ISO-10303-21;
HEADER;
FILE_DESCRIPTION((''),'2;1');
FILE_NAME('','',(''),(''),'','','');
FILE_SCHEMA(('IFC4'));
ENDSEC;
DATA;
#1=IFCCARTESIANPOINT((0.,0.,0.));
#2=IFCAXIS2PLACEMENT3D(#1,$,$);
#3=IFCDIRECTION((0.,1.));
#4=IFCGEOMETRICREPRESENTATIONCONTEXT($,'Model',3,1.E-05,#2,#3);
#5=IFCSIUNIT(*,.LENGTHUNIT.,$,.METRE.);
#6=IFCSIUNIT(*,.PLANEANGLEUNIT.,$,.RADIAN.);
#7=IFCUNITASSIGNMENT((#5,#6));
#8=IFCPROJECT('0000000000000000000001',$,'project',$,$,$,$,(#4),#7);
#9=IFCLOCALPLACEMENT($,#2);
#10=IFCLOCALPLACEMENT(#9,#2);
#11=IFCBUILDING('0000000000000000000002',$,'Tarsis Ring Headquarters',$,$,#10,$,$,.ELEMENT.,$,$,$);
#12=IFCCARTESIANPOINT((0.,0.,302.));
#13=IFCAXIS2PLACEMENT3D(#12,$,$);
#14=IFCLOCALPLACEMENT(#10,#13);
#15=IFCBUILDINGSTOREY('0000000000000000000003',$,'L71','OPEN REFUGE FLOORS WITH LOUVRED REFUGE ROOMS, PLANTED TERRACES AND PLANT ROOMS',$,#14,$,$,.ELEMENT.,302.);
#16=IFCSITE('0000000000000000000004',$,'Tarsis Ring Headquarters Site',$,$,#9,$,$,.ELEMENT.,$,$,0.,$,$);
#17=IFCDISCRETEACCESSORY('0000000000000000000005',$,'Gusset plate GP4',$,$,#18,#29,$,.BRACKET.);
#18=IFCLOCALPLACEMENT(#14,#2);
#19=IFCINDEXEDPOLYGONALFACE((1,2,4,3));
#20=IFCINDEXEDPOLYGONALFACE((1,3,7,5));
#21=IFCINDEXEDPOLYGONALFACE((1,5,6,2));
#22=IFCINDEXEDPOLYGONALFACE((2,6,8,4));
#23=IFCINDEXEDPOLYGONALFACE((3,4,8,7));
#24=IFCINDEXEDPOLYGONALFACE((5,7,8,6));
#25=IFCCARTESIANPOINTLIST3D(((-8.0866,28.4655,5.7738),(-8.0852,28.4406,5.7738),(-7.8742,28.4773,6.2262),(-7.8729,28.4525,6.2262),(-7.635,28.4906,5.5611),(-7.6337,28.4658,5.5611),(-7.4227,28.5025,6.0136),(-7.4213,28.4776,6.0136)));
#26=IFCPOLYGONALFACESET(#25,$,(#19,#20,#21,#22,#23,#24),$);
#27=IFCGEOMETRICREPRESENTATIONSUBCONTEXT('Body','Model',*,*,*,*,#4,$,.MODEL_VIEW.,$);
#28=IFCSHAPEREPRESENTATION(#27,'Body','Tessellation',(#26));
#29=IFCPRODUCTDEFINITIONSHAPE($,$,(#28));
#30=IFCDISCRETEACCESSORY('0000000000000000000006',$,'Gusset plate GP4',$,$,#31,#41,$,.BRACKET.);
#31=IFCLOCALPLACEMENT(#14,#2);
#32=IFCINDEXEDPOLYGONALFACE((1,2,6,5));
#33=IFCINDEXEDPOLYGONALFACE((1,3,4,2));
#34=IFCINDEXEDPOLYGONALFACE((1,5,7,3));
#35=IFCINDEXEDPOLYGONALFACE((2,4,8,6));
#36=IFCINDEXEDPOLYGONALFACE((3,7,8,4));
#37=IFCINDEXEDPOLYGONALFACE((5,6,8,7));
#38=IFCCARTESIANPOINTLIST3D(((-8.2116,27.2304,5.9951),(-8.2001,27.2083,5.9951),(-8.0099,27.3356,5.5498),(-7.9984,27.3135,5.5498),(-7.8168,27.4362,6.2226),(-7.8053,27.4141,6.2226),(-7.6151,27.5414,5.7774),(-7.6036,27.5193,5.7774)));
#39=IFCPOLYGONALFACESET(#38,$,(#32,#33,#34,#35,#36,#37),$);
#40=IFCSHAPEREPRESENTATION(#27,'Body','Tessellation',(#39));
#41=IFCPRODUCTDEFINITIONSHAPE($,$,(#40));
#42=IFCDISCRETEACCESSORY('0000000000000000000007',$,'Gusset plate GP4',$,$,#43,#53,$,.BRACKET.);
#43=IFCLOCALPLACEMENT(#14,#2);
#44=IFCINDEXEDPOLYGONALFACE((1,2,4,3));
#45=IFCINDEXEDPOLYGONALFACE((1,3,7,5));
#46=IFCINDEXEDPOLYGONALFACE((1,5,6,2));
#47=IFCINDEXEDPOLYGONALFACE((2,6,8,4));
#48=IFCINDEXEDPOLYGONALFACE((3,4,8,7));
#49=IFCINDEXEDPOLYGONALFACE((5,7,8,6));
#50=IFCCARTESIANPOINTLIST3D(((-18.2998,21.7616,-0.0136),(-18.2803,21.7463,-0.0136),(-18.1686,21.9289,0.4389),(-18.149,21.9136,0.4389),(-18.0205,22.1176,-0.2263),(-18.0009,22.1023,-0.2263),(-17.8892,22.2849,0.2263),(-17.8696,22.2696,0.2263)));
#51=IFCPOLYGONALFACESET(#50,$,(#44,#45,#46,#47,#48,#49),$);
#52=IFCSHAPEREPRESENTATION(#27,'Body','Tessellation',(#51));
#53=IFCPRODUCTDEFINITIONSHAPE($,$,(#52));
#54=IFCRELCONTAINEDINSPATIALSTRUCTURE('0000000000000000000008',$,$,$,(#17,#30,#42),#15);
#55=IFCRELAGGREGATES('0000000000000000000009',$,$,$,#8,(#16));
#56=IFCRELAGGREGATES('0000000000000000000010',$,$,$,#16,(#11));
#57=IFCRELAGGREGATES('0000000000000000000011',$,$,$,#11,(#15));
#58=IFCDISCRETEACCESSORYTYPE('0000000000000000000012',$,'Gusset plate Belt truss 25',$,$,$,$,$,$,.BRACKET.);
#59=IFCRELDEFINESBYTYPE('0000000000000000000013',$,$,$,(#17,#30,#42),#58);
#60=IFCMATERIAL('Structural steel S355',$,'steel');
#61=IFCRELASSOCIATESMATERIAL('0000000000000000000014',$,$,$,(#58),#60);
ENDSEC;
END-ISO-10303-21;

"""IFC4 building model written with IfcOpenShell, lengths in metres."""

from ifc_helpers import new_model, si_unit, direction, frame, origin, origin_2d, place, context, subcontext, project, spatial, rectangle, extrude, material, material_profile, profile_set, type_object, element, save


model = new_model("IFC4")

# Units and contexts
model_context = context("Model", 3, precision=1e-05, world=origin(), true_north=direction((0.0, 1.0)))
body_context = subcontext(model_context, "Body", "Model", "MODEL_VIEW")
ifc_project = project(units=[si_unit("LENGTHUNIT", "METRE"), si_unit("PLANEANGLEUNIT", "RADIAN")], contexts=[model_context])

# Site, building, storey
site_placement = place(None, origin())
site = spatial("IfcSite", under=ifc_project, at=site_placement, Name="Tarsis Ring Headquarters Site", CompositionType="ELEMENT", RefElevation=0.0)
building_placement = place(site_placement, origin())
building = spatial("IfcBuilding", under=site, at=building_placement, Name="Tarsis Ring Headquarters", CompositionType="ELEMENT")
storey_placement = place(building_placement, frame((0.0, 0.0, 302.0)))
storey = spatial("IfcBuildingStorey", under=building, at=storey_placement, Name="L71", Description="OPEN REFUGE FLOORS WITH LOUVRED REFUGE ROOMS, PLANTED TERRACES AND PLANT ROOMS", CompositionType="ELEMENT", Elevation=302.0)

# Shared definitions
ifc_material_1 = material(Name="Structural steel S355", Category="steel")

# Discrete accessories
ifc_material_profile_1 = material_profile(ifc_material_1, rectangle(XDim=0.0249, YDim=0.5, at=origin_2d()), Name="PL 25x500")
ifc_profile_set_1 = profile_set([ifc_material_profile_1], Name="Structural steel S355")
discrete_accessory_type = type_object("IfcDiscreteAccessoryType", Name="Gusset plate Belt truss 25", PredefinedType="BRACKET", material=ifc_profile_set_1)
discrete_accessory_placement = place(storey_placement, frame((-7.9797, 28.459, 6.0), z_axis=(0.903595, 0.050308, -0.425423), x_axis=(-0.05559, 0.998454, 0.0)))
element("IfcDiscreteAccessory", 1, at=discrete_accessory_placement, inside=storey, type_object=discrete_accessory_type, Name="Gusset plate GP4", PredefinedType="BRACKET", context=body_context, shape_type="SweptSolid", body=[
    extrude(rectangle(XDim=0.0249, YDim=0.5, at=origin_2d()), origin(), (0.0, 0.0, 1.0), 0.4998),
])
for number, where, z_axis, x_axis, name in (
    (2, (-7.7102, 27.4778, 6.0), (-0.789583, -0.411638, -0.455097), (0.462285, -0.886731, 0.0), "Gusset plate GP4"),
    (3, (-17.9451, 22.1936, 0.0), (-0.558671, -0.712013, 0.425352), (0.78673, -0.617297, 0.0), "Gusset plate GP4"),
):
    element("IfcDiscreteAccessory", number, at=place(storey_placement, frame(where, z_axis=z_axis, x_axis=x_axis)), inside=storey, type_object=discrete_accessory_type, Name=name, PredefinedType="BRACKET", context=body_context, shape_type="SweptSolid", body=[
        extrude(rectangle(XDim=0.0249, YDim=0.5, at=origin_2d()), origin(), (0.0, 0.0, 1.0), 0.5),
    ])

save(model, "model.ifc")
